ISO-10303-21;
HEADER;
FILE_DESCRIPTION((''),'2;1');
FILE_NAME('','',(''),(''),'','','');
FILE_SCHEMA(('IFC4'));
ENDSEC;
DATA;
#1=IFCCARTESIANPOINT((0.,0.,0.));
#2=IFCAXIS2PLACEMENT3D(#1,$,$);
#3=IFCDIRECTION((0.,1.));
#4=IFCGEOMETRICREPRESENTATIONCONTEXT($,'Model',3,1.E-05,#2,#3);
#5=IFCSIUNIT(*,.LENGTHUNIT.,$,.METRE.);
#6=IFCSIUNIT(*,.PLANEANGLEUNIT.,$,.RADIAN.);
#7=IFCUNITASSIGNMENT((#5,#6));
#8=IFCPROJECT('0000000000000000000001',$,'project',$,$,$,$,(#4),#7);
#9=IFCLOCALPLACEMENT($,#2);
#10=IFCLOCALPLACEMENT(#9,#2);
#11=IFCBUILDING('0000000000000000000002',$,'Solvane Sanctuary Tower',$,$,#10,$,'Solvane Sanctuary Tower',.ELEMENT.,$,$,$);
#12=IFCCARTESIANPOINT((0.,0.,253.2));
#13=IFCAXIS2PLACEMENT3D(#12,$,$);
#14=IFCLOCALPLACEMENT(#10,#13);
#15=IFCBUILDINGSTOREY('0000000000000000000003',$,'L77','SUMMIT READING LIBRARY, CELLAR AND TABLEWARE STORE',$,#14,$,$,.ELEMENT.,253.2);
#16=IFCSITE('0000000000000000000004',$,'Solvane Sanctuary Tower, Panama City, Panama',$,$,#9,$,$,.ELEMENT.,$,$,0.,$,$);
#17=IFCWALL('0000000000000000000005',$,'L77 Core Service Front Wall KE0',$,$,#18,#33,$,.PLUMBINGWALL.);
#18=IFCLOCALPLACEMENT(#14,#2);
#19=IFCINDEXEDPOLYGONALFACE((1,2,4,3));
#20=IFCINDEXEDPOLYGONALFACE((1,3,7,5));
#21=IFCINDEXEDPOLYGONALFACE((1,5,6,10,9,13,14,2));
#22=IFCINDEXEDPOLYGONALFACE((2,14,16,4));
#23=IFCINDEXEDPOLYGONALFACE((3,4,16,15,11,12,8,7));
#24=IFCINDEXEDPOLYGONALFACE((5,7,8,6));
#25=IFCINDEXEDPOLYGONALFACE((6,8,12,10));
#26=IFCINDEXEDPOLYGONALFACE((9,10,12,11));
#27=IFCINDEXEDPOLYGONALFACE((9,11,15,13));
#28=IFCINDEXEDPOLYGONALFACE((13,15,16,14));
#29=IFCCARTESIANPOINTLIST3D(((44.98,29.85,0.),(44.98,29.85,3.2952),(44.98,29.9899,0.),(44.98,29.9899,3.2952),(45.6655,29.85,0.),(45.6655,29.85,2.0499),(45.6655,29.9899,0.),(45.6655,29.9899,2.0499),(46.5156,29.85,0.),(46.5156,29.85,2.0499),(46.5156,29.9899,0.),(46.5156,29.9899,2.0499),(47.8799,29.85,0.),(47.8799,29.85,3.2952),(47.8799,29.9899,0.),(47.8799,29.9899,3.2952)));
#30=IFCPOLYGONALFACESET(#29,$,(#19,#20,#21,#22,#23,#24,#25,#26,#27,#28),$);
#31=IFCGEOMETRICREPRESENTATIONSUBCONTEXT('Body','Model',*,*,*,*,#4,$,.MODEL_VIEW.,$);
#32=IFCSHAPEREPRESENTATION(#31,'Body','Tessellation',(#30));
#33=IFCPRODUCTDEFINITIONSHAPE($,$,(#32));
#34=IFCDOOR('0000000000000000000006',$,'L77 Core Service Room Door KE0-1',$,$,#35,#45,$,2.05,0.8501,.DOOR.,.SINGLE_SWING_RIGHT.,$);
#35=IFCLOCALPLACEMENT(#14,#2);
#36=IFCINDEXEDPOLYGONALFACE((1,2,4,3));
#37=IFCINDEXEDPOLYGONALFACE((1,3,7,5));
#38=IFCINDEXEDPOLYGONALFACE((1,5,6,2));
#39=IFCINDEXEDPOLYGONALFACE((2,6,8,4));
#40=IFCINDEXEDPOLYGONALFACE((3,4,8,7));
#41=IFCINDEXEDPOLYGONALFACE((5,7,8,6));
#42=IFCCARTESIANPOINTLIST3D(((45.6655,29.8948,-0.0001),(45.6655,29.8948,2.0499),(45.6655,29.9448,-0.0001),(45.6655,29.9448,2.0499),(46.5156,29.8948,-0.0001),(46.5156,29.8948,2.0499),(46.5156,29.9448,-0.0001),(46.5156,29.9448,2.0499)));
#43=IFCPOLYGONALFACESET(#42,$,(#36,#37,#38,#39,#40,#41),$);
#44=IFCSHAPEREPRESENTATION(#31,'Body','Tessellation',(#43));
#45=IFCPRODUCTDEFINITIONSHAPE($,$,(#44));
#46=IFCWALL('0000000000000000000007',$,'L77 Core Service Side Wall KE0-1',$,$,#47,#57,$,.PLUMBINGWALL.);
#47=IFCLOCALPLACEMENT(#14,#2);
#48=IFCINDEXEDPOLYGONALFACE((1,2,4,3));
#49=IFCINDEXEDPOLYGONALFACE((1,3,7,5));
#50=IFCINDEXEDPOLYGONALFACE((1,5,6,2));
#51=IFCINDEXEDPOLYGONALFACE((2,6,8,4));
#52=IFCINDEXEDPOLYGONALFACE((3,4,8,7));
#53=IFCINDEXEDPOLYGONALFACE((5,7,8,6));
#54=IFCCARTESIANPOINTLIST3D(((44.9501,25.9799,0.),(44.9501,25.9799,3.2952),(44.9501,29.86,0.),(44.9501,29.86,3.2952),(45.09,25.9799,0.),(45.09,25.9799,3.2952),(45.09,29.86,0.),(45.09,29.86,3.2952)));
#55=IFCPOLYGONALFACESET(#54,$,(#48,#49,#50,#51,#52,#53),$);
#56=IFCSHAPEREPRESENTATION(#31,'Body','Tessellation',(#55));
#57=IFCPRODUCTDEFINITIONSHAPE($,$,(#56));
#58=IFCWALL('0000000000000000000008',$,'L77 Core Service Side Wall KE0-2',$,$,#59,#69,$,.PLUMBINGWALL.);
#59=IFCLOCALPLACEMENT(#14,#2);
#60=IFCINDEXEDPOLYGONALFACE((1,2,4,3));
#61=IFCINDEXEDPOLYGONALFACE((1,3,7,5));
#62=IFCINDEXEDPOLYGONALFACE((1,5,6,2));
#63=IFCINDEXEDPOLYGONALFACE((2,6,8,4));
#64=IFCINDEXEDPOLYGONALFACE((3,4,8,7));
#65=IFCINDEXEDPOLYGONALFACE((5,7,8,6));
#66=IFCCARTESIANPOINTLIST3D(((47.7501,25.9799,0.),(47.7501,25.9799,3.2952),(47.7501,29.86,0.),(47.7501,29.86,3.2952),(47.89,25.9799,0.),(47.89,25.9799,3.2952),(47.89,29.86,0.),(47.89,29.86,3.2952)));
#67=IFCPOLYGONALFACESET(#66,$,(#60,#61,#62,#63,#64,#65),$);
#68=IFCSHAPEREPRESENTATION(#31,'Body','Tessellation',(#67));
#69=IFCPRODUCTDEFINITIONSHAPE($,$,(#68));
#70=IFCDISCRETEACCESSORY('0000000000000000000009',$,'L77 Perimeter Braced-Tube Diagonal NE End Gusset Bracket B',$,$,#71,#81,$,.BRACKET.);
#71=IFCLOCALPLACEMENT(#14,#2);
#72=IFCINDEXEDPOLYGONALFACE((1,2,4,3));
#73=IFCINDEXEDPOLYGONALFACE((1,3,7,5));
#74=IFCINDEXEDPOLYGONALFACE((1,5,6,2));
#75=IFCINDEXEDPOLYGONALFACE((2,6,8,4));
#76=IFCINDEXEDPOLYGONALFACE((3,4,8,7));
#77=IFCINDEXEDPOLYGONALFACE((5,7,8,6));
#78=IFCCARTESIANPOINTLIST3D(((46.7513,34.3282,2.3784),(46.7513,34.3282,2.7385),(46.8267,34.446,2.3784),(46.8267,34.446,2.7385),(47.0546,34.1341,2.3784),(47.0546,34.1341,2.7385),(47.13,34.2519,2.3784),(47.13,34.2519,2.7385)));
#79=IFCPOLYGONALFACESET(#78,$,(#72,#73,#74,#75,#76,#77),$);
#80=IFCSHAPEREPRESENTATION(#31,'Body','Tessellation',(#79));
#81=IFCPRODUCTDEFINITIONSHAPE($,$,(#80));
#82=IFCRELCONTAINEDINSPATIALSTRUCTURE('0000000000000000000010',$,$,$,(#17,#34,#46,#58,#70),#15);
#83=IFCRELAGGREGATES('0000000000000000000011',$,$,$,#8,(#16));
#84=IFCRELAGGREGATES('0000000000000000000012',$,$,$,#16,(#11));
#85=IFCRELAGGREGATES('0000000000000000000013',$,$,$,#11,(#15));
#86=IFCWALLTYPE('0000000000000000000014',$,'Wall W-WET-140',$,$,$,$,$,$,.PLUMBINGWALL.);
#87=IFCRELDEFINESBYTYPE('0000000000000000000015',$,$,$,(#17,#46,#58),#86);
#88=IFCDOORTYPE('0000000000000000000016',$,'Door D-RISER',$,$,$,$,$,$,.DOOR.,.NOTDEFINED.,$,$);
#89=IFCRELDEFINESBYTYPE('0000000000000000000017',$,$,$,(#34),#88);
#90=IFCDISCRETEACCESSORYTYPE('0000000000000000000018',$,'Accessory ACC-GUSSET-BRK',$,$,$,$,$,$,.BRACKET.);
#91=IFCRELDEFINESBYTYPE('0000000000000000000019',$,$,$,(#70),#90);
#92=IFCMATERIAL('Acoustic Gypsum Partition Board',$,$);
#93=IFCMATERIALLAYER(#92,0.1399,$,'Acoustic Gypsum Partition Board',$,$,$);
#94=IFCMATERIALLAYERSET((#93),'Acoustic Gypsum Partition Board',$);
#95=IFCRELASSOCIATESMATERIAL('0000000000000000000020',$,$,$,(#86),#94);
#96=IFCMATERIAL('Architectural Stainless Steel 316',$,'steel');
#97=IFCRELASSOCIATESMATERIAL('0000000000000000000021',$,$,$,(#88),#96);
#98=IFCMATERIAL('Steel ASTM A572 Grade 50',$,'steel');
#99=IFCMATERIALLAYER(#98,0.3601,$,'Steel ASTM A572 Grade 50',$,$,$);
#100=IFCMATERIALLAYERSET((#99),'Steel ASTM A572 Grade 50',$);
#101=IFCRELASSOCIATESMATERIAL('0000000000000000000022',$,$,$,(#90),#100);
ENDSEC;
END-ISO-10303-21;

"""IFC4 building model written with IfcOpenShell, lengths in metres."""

from ifc_helpers import new_model, si_unit, direction, frame, frame_2d, origin, origin_2d, place, context, subcontext, project, spatial, rectangle, extrude, material, layer, layer_set, type_object, element, fill, save


model = new_model("IFC4")

# Units and contexts
model_context = context("Model", 3, precision=1e-05, world=origin(), true_north=direction((0.0, 1.0)))
body_context = subcontext(model_context, "Body", "Model", "MODEL_VIEW")
ifc_project = project(units=[si_unit("LENGTHUNIT", "METRE"), si_unit("PLANEANGLEUNIT", "RADIAN")], contexts=[model_context])

# Site, building, storey
site_placement = place(None, origin())
site = spatial("IfcSite", under=ifc_project, at=site_placement, Name="Solvane Sanctuary Tower, Panama City, Panama", CompositionType="ELEMENT", RefElevation=0.0)
building_placement = place(site_placement, origin())
building = spatial("IfcBuilding", under=site, at=building_placement, Name="Solvane Sanctuary Tower", LongName="Solvane Sanctuary Tower", CompositionType="ELEMENT")
storey_placement = place(building_placement, frame((0.0, 0.0, 253.2)))
storey = spatial("IfcBuildingStorey", under=building, at=storey_placement, Name="L77", Description="SUMMIT READING LIBRARY, CELLAR AND TABLEWARE STORE", CompositionType="ELEMENT", Elevation=253.2)

# Shared definitions
ifc_material_1 = material(Name="Acoustic Gypsum Partition Board")

# Shared definitions
ifc_material_2 = material(Name="Architectural Stainless Steel 316", Category="steel")

# Wall, opening, door
ifc_layer_1 = layer(ifc_material_1, 0.1399, Name="Acoustic Gypsum Partition Board")
ifc_layer_set_1 = layer_set([ifc_layer_1], Name="Acoustic Gypsum Partition Board")
wall_type_1 = type_object("IfcWallType", Name="Wall W-WET-140", PredefinedType="PLUMBINGWALL", material=ifc_layer_set_1)
wall_1_placement = place(storey_placement, frame((44.98, 29.9199, 0.0), z_axis=(0.0, 0.0, 1.0), x_axis=(1.0, 0.0, 0.0)))
wall_1 = element("IfcWall", 1, at=wall_1_placement, inside=storey, type_object=wall_type_1, Name="L77 Core Service Front Wall KE0", PredefinedType="PLUMBINGWALL", context=body_context, shape_type="SweptSolid", body=[
    extrude(rectangle(XDim=2.8999, YDim=0.1399, at=frame_2d((1.45, 0.0))), origin(), (0.0, 0.0, 1.0), 3.2952),
])
opening_1_placement = place(wall_1_placement, frame((0.6855, 0.0, 0.0)))
opening_1 = element("IfcOpeningElement", 2, at=opening_1_placement, cuts=wall_1, PredefinedType="OPENING", context=body_context, shape_type="SweptSolid", body=[
    extrude(rectangle(XDim=0.8501, YDim=2.05, at=frame_2d((0.425, 1.0249))), frame((0.0, 0.0798, 0.0), z_axis=(0.0, -1.0, 0.0), x_axis=(1.0, 0.0, 0.0)), (0.0, 0.0, 1.0), 0.1599),
])
door_type_1 = type_object("IfcDoorType", Name="Door D-RISER", OperationType="NOTDEFINED", PredefinedType="DOOR", material=ifc_material_2)
door_1_placement = place(opening_1_placement, origin())
door_1 = element("IfcDoor", 3, at=door_1_placement, inside=storey, type_object=door_type_1, Name="L77 Core Service Room Door KE0-1", OperationType="SINGLE_SWING_RIGHT", OverallHeight=2.05, OverallWidth=0.8501, PredefinedType="DOOR", context=body_context, shape_type="SweptSolid", body=[
    extrude(rectangle(XDim=0.8501, YDim=2.05, at=frame_2d((0.425, 1.0249))), frame((0.0, 0.0249, 0.0), z_axis=(0.0, -1.0, 0.0), x_axis=(1.0, 0.0, 0.0)), (0.0, 0.0, 1.0), 0.05),
])
fill(opening_1, door_1)

# Walls
for number, where, z_axis, x_axis, name in (
    (4, (45.02, 25.98, 0.0), (0.0, 0.0, 1.0), (0.0, 1.0, 0.0), "L77 Core Service Side Wall KE0-1"),
    (5, (47.8201, 25.98, 0.0), (0.0, 0.0, 1.0), (0.0, 1.0, 0.0), "L77 Core Service Side Wall KE0-2"),
):
    element("IfcWall", number, at=place(storey_placement, frame(where, z_axis=z_axis, x_axis=x_axis)), inside=storey, type_object=wall_type_1, Name=name, PredefinedType="PLUMBINGWALL", context=body_context, shape_type="SweptSolid", body=[
        extrude(rectangle(XDim=3.8801, YDim=0.1399, at=frame_2d((1.9399, 0.0))), origin(), (0.0, 0.0, 1.0), 3.2952),
    ])

# Discrete accessory
ifc_material_3 = material(Name="Steel ASTM A572 Grade 50", Category="steel")
ifc_layer_2 = layer(ifc_material_3, 0.3601, Name="Steel ASTM A572 Grade 50")
ifc_layer_set_2 = layer_set([ifc_layer_2], Name="Steel ASTM A572 Grade 50")
discrete_accessory_type = type_object("IfcDiscreteAccessoryType", Name="Accessory ACC-GUSSET-BRK", PredefinedType="BRACKET", material=ifc_layer_set_2)
discrete_accessory_placement = place(storey_placement, frame((46.9407, 34.29, 2.3784), z_axis=(0.0, 0.0, 1.0), x_axis=(0.842264, -0.539065, 0.0)))
element("IfcDiscreteAccessory", 6, at=discrete_accessory_placement, inside=storey, type_object=discrete_accessory_type, Name="L77 Perimeter Braced-Tube Diagonal NE End Gusset Bracket B", PredefinedType="BRACKET", context=body_context, shape_type="SweptSolid", body=[
    extrude(rectangle(XDim=0.3601, YDim=0.1399, at=origin_2d()), origin(), (0.0, 0.0, 1.0), 0.3601),
])

save(model, "model.ifc")
